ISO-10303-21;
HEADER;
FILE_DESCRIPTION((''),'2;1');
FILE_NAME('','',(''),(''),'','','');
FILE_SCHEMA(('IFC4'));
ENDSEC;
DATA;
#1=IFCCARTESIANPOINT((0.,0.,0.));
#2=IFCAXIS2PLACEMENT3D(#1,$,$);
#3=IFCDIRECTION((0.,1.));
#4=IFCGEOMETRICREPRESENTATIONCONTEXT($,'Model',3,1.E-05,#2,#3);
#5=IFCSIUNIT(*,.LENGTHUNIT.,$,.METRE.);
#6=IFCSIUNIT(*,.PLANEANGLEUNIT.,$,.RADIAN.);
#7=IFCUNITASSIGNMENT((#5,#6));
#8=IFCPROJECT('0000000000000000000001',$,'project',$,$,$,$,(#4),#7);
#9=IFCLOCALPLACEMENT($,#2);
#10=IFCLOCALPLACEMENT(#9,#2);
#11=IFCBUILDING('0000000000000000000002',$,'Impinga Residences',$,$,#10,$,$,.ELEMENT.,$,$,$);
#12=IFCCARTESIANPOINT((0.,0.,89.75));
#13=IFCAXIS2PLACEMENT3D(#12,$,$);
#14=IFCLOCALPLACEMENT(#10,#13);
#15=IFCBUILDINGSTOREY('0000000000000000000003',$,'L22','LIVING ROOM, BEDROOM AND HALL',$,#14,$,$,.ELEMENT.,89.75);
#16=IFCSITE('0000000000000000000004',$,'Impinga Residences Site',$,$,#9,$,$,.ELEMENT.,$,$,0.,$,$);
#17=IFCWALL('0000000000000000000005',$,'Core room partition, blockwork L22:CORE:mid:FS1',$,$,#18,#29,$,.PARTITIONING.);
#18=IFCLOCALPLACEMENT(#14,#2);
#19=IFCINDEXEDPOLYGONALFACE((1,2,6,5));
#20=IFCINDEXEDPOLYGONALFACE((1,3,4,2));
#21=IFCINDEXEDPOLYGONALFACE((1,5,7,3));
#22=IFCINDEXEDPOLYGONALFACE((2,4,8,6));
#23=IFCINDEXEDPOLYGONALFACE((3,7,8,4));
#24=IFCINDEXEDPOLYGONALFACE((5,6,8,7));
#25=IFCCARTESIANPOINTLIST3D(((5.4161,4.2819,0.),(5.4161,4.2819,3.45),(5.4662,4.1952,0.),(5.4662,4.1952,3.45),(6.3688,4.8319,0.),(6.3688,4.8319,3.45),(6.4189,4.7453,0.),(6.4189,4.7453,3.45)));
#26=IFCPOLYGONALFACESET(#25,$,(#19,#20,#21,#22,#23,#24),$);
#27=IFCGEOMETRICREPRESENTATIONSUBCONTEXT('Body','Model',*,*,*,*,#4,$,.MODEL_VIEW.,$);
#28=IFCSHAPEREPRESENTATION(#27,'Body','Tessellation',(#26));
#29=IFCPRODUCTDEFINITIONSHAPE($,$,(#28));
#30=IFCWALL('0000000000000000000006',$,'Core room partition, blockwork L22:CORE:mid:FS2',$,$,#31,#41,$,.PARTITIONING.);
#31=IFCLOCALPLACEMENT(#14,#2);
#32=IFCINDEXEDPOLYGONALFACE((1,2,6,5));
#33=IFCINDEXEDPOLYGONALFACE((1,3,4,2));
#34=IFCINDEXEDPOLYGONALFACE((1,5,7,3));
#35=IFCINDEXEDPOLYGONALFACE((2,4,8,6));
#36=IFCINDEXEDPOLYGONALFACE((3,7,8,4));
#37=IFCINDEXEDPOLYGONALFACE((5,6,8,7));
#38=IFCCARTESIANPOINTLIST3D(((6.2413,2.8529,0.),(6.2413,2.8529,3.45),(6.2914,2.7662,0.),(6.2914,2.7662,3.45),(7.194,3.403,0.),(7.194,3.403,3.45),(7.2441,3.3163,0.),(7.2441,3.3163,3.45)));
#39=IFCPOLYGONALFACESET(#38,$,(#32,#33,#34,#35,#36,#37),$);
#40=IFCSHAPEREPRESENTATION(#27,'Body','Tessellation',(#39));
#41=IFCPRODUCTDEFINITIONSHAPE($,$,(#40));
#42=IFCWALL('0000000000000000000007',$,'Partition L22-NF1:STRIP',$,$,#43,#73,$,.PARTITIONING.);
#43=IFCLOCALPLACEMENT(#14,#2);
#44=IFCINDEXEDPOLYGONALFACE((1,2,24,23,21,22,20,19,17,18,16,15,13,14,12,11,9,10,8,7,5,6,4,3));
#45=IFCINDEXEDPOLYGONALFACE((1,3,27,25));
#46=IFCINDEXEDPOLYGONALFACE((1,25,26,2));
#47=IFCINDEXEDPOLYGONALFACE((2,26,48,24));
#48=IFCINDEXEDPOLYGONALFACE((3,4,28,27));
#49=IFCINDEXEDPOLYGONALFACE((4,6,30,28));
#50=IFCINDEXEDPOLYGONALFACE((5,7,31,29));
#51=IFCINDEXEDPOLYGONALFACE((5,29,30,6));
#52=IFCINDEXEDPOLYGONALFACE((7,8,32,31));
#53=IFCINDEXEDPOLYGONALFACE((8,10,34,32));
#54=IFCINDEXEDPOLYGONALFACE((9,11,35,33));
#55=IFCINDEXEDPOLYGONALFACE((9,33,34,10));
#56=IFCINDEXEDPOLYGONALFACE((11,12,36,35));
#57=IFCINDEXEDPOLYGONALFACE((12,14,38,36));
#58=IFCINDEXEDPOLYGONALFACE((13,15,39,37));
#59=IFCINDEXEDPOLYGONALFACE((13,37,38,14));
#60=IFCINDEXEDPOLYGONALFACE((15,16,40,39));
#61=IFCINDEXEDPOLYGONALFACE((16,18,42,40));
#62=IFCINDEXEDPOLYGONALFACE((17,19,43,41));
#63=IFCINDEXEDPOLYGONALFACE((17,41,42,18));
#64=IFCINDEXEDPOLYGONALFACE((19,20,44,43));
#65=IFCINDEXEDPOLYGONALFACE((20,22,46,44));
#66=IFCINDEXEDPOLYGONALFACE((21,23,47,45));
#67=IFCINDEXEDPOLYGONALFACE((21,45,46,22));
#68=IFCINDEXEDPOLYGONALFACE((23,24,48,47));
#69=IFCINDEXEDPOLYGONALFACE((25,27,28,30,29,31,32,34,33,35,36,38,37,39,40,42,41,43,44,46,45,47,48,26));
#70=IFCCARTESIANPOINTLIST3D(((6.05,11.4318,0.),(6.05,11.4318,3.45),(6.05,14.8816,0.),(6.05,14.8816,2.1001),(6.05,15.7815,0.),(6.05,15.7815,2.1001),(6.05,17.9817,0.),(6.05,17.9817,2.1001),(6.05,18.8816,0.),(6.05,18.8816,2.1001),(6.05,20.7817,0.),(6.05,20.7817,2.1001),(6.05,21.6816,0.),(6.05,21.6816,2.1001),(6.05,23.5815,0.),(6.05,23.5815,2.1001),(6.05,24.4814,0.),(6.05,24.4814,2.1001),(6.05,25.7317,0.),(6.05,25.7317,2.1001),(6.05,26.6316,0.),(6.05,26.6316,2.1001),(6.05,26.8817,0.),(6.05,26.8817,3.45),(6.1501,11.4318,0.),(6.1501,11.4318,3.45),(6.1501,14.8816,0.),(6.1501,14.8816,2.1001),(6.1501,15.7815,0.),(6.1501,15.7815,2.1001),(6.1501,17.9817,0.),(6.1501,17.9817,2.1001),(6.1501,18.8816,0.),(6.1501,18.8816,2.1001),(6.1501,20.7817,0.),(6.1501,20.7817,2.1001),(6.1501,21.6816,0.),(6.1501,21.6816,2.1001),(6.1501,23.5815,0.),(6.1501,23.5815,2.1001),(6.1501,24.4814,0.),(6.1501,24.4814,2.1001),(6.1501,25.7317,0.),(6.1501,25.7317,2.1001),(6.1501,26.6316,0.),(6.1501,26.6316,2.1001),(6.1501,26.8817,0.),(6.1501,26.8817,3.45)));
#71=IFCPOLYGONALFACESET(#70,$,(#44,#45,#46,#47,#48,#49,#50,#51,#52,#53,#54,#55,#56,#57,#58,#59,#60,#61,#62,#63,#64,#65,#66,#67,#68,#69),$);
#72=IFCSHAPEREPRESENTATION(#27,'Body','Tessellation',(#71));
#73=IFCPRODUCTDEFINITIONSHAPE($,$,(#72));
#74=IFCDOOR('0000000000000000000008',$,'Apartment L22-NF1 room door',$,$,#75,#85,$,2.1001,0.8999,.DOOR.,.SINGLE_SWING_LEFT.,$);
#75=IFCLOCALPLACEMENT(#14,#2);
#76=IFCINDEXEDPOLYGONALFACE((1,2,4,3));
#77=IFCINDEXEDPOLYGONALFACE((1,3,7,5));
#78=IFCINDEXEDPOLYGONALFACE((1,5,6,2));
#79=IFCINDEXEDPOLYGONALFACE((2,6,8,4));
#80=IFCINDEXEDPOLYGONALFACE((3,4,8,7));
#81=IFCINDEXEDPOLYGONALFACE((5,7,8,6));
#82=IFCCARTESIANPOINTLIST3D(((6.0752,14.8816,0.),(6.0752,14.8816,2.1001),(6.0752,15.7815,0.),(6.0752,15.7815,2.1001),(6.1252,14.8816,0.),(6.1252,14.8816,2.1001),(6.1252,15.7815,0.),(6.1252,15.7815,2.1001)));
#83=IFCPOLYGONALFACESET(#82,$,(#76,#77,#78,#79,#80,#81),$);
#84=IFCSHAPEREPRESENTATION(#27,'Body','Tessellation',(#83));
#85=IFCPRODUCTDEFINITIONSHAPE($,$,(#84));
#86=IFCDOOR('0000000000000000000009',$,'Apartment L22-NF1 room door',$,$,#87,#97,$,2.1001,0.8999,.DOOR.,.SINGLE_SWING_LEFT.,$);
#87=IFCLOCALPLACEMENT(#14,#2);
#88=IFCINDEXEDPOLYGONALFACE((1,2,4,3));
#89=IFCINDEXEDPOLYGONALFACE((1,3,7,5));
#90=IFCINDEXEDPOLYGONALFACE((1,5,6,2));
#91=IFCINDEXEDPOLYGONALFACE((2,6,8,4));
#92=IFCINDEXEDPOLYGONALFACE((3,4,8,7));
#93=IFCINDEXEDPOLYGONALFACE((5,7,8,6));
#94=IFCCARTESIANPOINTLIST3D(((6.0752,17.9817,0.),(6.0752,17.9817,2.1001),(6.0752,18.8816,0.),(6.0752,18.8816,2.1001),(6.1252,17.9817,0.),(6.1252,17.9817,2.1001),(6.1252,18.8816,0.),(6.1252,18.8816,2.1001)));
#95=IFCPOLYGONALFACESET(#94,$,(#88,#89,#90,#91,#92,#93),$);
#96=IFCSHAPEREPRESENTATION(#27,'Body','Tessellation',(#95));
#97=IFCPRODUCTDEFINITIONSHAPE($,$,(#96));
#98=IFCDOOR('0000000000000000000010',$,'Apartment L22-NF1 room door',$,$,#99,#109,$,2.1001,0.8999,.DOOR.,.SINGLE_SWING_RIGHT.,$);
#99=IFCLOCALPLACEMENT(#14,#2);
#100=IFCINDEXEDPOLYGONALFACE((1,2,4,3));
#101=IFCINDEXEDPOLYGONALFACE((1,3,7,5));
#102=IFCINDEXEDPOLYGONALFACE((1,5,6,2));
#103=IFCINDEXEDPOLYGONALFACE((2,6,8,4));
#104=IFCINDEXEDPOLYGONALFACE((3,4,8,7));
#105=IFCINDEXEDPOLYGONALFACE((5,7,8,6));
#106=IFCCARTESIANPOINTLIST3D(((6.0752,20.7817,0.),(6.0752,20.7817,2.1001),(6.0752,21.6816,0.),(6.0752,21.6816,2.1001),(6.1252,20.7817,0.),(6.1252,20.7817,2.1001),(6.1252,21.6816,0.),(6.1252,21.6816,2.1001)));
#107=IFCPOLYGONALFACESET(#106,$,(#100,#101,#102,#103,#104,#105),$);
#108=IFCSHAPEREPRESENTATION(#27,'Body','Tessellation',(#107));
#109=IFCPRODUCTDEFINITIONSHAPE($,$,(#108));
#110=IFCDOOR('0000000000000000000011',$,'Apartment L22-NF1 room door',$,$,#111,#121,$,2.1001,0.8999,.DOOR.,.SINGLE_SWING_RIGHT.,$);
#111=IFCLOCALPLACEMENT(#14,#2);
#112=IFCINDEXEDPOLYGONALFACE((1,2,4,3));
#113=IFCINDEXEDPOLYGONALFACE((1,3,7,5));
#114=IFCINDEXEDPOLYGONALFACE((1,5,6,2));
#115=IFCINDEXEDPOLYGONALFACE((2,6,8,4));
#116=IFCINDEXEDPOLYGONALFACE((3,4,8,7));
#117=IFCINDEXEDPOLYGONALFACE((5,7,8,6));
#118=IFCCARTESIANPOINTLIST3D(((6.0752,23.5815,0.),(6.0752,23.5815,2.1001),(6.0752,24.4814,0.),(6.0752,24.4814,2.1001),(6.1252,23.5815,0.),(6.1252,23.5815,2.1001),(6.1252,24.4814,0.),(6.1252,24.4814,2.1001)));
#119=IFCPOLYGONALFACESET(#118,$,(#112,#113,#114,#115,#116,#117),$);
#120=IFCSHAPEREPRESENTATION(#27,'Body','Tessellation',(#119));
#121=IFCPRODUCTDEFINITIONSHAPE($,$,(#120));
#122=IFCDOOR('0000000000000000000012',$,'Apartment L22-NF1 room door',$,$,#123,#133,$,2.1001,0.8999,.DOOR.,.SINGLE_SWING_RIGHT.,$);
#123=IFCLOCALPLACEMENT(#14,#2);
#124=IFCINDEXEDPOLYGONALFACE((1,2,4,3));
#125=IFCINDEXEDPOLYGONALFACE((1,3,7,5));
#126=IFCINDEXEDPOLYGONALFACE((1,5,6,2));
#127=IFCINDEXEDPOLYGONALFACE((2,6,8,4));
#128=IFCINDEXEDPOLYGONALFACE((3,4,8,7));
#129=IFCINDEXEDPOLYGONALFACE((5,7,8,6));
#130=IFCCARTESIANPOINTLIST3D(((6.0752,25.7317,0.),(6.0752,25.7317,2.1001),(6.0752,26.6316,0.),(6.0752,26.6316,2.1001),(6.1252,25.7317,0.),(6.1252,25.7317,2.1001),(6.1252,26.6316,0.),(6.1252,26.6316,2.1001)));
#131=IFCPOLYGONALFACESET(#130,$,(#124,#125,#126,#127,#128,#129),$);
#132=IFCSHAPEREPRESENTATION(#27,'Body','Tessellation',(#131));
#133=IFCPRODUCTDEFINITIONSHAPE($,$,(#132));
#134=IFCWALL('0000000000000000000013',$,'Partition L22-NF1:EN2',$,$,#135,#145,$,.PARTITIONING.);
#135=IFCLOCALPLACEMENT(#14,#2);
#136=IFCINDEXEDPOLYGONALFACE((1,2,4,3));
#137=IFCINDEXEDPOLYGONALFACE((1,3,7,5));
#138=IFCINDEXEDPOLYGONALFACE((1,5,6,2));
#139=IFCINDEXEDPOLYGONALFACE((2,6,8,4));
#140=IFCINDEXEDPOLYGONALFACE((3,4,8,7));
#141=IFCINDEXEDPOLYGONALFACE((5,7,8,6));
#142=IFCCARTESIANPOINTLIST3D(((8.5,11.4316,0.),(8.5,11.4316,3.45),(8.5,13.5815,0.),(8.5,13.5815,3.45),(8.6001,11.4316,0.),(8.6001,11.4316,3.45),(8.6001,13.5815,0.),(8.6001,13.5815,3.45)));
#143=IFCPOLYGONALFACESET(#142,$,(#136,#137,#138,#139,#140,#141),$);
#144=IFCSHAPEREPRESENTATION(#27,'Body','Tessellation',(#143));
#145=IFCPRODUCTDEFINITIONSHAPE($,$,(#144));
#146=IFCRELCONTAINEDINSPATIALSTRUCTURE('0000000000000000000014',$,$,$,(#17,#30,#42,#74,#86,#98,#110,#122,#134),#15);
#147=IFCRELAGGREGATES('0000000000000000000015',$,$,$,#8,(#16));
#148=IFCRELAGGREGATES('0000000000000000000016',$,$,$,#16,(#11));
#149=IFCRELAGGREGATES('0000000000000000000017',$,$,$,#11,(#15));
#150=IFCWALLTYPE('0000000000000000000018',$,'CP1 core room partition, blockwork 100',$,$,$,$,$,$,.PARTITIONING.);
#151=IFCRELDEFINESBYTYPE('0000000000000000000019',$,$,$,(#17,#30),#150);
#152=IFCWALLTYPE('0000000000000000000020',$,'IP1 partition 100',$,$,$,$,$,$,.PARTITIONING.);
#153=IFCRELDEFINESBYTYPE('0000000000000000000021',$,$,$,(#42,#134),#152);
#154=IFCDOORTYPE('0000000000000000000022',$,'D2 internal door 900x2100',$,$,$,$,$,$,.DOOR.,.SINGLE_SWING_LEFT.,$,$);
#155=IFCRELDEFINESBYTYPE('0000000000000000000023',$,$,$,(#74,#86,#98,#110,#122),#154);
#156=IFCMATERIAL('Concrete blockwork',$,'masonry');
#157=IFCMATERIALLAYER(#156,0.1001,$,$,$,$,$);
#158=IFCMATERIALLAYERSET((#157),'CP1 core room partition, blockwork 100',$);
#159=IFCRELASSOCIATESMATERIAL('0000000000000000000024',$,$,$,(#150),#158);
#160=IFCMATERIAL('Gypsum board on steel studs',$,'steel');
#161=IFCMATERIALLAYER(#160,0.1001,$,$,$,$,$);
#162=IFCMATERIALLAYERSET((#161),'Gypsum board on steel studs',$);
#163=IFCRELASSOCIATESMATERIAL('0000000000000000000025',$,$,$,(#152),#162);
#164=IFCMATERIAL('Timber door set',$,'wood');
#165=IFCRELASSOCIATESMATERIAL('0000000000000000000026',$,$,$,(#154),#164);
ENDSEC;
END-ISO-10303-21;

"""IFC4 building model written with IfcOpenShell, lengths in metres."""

from ifc_helpers import new_model, si_unit, direction, frame, frame_2d, origin, place, context, subcontext, project, spatial, rectangle, extrude, material, layer, layer_set, type_object, element, fill, save


model = new_model("IFC4")

# Units and contexts
model_context = context("Model", 3, precision=1e-05, world=origin(), true_north=direction((0.0, 1.0)))
body_context = subcontext(model_context, "Body", "Model", "MODEL_VIEW")
ifc_project = project(units=[si_unit("LENGTHUNIT", "METRE"), si_unit("PLANEANGLEUNIT", "RADIAN")], contexts=[model_context])

# Site, building, storey
site_placement = place(None, origin())
site = spatial("IfcSite", under=ifc_project, at=site_placement, Name="Impinga Residences Site", CompositionType="ELEMENT", RefElevation=0.0)
building_placement = place(site_placement, origin())
building = spatial("IfcBuilding", under=site, at=building_placement, Name="Impinga Residences", CompositionType="ELEMENT")
storey_placement = place(building_placement, frame((0.0, 0.0, 89.75)))
storey = spatial("IfcBuildingStorey", under=building, at=storey_placement, Name="L22", Description="LIVING ROOM, BEDROOM AND HALL", CompositionType="ELEMENT", Elevation=89.75)

# Walls
ifc_material_1 = material(Name="Concrete blockwork", Category="masonry")
ifc_layer_1 = layer(ifc_material_1, 0.1001)
ifc_layer_set_1 = layer_set([ifc_layer_1], Name="CP1 core room partition, blockwork 100")
wall_type_1 = type_object("IfcWallType", Name="CP1 core room partition, blockwork 100", PredefinedType="PARTITIONING", material=ifc_layer_set_1)
for number, where, z_axis, x_axis, name in (
    (1, (5.4412, 4.2385, 0.0), (0.0, 0.0, 1.0), (0.866008, 0.50003, 0.0), "Core room partition, blockwork L22:CORE:mid:FS1"),
    (2, (6.2664, 2.8096, 0.0), (0.0, 0.0, 1.0), (0.866008, 0.50003, 0.0), "Core room partition, blockwork L22:CORE:mid:FS2"),
):
    element("IfcWall", number, at=place(storey_placement, frame(where, z_axis=z_axis, x_axis=x_axis)), inside=storey, type_object=wall_type_1, Name=name, PredefinedType="PARTITIONING", context=body_context, shape_type="SweptSolid", body=[
        extrude(rectangle(XDim=1.1001, YDim=0.1001, at=frame_2d((0.55, 0.0))), origin(), (0.0, 0.0, 1.0), 3.45),
    ])

# Wall, openings, doors
ifc_material_2 = material(Name="Gypsum board on steel studs", Category="steel")
ifc_layer_2 = layer(ifc_material_2, 0.1001)
ifc_layer_set_2 = layer_set([ifc_layer_2], Name="Gypsum board on steel studs")
wall_type_2 = type_object("IfcWallType", Name="IP1 partition 100", PredefinedType="PARTITIONING", material=ifc_layer_set_2)
wall_1_placement = place(storey_placement, frame((6.1001, 11.4316, 0.0), z_axis=(0.0, 0.0, 1.0), x_axis=(0.0, 1.0, 0.0)))
wall_1 = element("IfcWall", 3, at=wall_1_placement, inside=storey, type_object=wall_type_2, Name="Partition L22-NF1:STRIP", PredefinedType="PARTITIONING", context=body_context, shape_type="SweptSolid", body=[
    extrude(rectangle(XDim=15.45, YDim=0.1001, at=frame_2d((7.7251, 0.0))), origin(), (0.0, 0.0, 1.0), 3.45),
])
opening_1_placement = place(wall_1_placement, frame((3.45, 0.0, 0.0)))
opening_1 = element("IfcOpeningElement", 4, at=opening_1_placement, cuts=wall_1, PredefinedType="OPENING", context=body_context, shape_type="SweptSolid", body=[
    extrude(rectangle(XDim=0.8999, YDim=2.1001, at=frame_2d((0.45, 1.05))), frame((0.0, 0.0601, 0.0), z_axis=(0.0, -1.0, 0.0), x_axis=(1.0, 0.0, 0.0)), (0.0, 0.0, 1.0), 0.1201),
])
opening_2_placement = place(wall_1_placement, frame((6.55, 0.0, 0.0)))
opening_2 = element("IfcOpeningElement", 5, at=opening_2_placement, cuts=wall_1, PredefinedType="OPENING", context=body_context, shape_type="SweptSolid", body=[
    extrude(rectangle(XDim=0.8999, YDim=2.1001, at=frame_2d((0.45, 1.05))), frame((0.0, 0.0601, 0.0), z_axis=(0.0, -1.0, 0.0), x_axis=(1.0, 0.0, 0.0)), (0.0, 0.0, 1.0), 0.1201),
])
opening_3_placement = place(wall_1_placement, frame((9.3501, 0.0, 0.0)))
opening_3 = element("IfcOpeningElement", 6, at=opening_3_placement, cuts=wall_1, PredefinedType="OPENING", context=body_context, shape_type="SweptSolid", body=[
    extrude(rectangle(XDim=0.8999, YDim=2.1001, at=frame_2d((0.45, 1.05))), frame((0.0, 0.0601, 0.0), z_axis=(0.0, -1.0, 0.0), x_axis=(1.0, 0.0, 0.0)), (0.0, 0.0, 1.0), 0.1201),
])
opening_4_placement = place(wall_1_placement, frame((12.1499, 0.0, 0.0)))
opening_4 = element("IfcOpeningElement", 7, at=opening_4_placement, cuts=wall_1, PredefinedType="OPENING", context=body_context, shape_type="SweptSolid", body=[
    extrude(rectangle(XDim=0.8999, YDim=2.1001, at=frame_2d((0.45, 1.05))), frame((0.0, 0.0601, 0.0), z_axis=(0.0, -1.0, 0.0), x_axis=(1.0, 0.0, 0.0)), (0.0, 0.0, 1.0), 0.1201),
])
opening_5_placement = place(wall_1_placement, frame((14.3, 0.0, 0.0)))
opening_5 = element("IfcOpeningElement", 8, at=opening_5_placement, cuts=wall_1, PredefinedType="OPENING", context=body_context, shape_type="SweptSolid", body=[
    extrude(rectangle(XDim=0.8999, YDim=2.1001, at=frame_2d((0.45, 1.05))), frame((0.0, 0.0601, 0.0), z_axis=(0.0, -1.0, 0.0), x_axis=(1.0, 0.0, 0.0)), (0.0, 0.0, 1.0), 0.1201),
])
ifc_material_3 = material(Name="Timber door set", Category="wood")
door_type_1 = type_object("IfcDoorType", Name="D2 internal door 900x2100", OperationType="SINGLE_SWING_LEFT", PredefinedType="DOOR", material=ifc_material_3)
door_1_placement = place(opening_1_placement, origin())
door_1 = element("IfcDoor", 9, at=door_1_placement, inside=storey, type_object=door_type_1, Name="Apartment L22-NF1 room door", OperationType="SINGLE_SWING_LEFT", OverallHeight=2.1001, OverallWidth=0.8999, PredefinedType="DOOR", context=body_context, shape_type="SweptSolid", body=[
    extrude(rectangle(XDim=0.8999, YDim=2.1001, at=frame_2d((0.45, 1.05))), frame((0.0, 0.0249, 0.0), z_axis=(0.0, -1.0, 0.0), x_axis=(1.0, 0.0, 0.0)), (0.0, 0.0, 1.0), 0.05),
])
fill(opening_1, door_1)
door_2_placement = place(opening_2_placement, origin())
door_2 = element("IfcDoor", 10, at=door_2_placement, inside=storey, type_object=door_type_1, Name="Apartment L22-NF1 room door", OperationType="SINGLE_SWING_LEFT", OverallHeight=2.1001, OverallWidth=0.8999, PredefinedType="DOOR", context=body_context, shape_type="SweptSolid", body=[
    extrude(rectangle(XDim=0.8999, YDim=2.1001, at=frame_2d((0.45, 1.05))), frame((0.0, 0.0249, 0.0), z_axis=(0.0, -1.0, 0.0), x_axis=(1.0, 0.0, 0.0)), (0.0, 0.0, 1.0), 0.05),
])
fill(opening_2, door_2)
door_3_placement = place(opening_3_placement, origin())
door_3 = element("IfcDoor", 11, at=door_3_placement, inside=storey, type_object=door_type_1, Name="Apartment L22-NF1 room door", OperationType="SINGLE_SWING_RIGHT", OverallHeight=2.1001, OverallWidth=0.8999, PredefinedType="DOOR", context=body_context, shape_type="SweptSolid", body=[
    extrude(rectangle(XDim=0.8999, YDim=2.1001, at=frame_2d((0.45, 1.05))), frame((0.0, 0.0249, 0.0), z_axis=(0.0, -1.0, 0.0), x_axis=(1.0, 0.0, 0.0)), (0.0, 0.0, 1.0), 0.05),
])
fill(opening_3, door_3)
door_4_placement = place(opening_4_placement, origin())
door_4 = element("IfcDoor", 12, at=door_4_placement, inside=storey, type_object=door_type_1, Name="Apartment L22-NF1 room door", OperationType="SINGLE_SWING_RIGHT", OverallHeight=2.1001, OverallWidth=0.8999, PredefinedType="DOOR", context=body_context, shape_type="SweptSolid", body=[
    extrude(rectangle(XDim=0.8999, YDim=2.1001, at=frame_2d((0.45, 1.05))), frame((0.0, 0.0249, 0.0), z_axis=(0.0, -1.0, 0.0), x_axis=(1.0, 0.0, 0.0)), (0.0, 0.0, 1.0), 0.05),
])
fill(opening_4, door_4)
door_5_placement = place(opening_5_placement, origin())
door_5 = element("IfcDoor", 13, at=door_5_placement, inside=storey, type_object=door_type_1, Name="Apartment L22-NF1 room door", OperationType="SINGLE_SWING_RIGHT", OverallHeight=2.1001, OverallWidth=0.8999, PredefinedType="DOOR", context=body_context, shape_type="SweptSolid", body=[
    extrude(rectangle(XDim=0.8999, YDim=2.1001, at=frame_2d((0.45, 1.05))), frame((0.0, 0.0249, 0.0), z_axis=(0.0, -1.0, 0.0), x_axis=(1.0, 0.0, 0.0)), (0.0, 0.0, 1.0), 0.05),
])
fill(opening_5, door_5)

# Wall
wall_2_placement = place(storey_placement, frame((8.55, 11.4316, 0.0), z_axis=(0.0, 0.0, 1.0), x_axis=(0.0, 1.0, 0.0)))
element("IfcWall", 14, at=wall_2_placement, inside=storey, type_object=wall_type_2, Name="Partition L22-NF1:EN2", PredefinedType="PARTITIONING", context=body_context, shape_type="SweptSolid", body=[
    extrude(rectangle(XDim=2.1499, YDim=0.1001, at=frame_2d((1.075, 0.0))), origin(), (0.0, 0.0, 1.0), 3.45),
])

save(model, "model.ifc")
